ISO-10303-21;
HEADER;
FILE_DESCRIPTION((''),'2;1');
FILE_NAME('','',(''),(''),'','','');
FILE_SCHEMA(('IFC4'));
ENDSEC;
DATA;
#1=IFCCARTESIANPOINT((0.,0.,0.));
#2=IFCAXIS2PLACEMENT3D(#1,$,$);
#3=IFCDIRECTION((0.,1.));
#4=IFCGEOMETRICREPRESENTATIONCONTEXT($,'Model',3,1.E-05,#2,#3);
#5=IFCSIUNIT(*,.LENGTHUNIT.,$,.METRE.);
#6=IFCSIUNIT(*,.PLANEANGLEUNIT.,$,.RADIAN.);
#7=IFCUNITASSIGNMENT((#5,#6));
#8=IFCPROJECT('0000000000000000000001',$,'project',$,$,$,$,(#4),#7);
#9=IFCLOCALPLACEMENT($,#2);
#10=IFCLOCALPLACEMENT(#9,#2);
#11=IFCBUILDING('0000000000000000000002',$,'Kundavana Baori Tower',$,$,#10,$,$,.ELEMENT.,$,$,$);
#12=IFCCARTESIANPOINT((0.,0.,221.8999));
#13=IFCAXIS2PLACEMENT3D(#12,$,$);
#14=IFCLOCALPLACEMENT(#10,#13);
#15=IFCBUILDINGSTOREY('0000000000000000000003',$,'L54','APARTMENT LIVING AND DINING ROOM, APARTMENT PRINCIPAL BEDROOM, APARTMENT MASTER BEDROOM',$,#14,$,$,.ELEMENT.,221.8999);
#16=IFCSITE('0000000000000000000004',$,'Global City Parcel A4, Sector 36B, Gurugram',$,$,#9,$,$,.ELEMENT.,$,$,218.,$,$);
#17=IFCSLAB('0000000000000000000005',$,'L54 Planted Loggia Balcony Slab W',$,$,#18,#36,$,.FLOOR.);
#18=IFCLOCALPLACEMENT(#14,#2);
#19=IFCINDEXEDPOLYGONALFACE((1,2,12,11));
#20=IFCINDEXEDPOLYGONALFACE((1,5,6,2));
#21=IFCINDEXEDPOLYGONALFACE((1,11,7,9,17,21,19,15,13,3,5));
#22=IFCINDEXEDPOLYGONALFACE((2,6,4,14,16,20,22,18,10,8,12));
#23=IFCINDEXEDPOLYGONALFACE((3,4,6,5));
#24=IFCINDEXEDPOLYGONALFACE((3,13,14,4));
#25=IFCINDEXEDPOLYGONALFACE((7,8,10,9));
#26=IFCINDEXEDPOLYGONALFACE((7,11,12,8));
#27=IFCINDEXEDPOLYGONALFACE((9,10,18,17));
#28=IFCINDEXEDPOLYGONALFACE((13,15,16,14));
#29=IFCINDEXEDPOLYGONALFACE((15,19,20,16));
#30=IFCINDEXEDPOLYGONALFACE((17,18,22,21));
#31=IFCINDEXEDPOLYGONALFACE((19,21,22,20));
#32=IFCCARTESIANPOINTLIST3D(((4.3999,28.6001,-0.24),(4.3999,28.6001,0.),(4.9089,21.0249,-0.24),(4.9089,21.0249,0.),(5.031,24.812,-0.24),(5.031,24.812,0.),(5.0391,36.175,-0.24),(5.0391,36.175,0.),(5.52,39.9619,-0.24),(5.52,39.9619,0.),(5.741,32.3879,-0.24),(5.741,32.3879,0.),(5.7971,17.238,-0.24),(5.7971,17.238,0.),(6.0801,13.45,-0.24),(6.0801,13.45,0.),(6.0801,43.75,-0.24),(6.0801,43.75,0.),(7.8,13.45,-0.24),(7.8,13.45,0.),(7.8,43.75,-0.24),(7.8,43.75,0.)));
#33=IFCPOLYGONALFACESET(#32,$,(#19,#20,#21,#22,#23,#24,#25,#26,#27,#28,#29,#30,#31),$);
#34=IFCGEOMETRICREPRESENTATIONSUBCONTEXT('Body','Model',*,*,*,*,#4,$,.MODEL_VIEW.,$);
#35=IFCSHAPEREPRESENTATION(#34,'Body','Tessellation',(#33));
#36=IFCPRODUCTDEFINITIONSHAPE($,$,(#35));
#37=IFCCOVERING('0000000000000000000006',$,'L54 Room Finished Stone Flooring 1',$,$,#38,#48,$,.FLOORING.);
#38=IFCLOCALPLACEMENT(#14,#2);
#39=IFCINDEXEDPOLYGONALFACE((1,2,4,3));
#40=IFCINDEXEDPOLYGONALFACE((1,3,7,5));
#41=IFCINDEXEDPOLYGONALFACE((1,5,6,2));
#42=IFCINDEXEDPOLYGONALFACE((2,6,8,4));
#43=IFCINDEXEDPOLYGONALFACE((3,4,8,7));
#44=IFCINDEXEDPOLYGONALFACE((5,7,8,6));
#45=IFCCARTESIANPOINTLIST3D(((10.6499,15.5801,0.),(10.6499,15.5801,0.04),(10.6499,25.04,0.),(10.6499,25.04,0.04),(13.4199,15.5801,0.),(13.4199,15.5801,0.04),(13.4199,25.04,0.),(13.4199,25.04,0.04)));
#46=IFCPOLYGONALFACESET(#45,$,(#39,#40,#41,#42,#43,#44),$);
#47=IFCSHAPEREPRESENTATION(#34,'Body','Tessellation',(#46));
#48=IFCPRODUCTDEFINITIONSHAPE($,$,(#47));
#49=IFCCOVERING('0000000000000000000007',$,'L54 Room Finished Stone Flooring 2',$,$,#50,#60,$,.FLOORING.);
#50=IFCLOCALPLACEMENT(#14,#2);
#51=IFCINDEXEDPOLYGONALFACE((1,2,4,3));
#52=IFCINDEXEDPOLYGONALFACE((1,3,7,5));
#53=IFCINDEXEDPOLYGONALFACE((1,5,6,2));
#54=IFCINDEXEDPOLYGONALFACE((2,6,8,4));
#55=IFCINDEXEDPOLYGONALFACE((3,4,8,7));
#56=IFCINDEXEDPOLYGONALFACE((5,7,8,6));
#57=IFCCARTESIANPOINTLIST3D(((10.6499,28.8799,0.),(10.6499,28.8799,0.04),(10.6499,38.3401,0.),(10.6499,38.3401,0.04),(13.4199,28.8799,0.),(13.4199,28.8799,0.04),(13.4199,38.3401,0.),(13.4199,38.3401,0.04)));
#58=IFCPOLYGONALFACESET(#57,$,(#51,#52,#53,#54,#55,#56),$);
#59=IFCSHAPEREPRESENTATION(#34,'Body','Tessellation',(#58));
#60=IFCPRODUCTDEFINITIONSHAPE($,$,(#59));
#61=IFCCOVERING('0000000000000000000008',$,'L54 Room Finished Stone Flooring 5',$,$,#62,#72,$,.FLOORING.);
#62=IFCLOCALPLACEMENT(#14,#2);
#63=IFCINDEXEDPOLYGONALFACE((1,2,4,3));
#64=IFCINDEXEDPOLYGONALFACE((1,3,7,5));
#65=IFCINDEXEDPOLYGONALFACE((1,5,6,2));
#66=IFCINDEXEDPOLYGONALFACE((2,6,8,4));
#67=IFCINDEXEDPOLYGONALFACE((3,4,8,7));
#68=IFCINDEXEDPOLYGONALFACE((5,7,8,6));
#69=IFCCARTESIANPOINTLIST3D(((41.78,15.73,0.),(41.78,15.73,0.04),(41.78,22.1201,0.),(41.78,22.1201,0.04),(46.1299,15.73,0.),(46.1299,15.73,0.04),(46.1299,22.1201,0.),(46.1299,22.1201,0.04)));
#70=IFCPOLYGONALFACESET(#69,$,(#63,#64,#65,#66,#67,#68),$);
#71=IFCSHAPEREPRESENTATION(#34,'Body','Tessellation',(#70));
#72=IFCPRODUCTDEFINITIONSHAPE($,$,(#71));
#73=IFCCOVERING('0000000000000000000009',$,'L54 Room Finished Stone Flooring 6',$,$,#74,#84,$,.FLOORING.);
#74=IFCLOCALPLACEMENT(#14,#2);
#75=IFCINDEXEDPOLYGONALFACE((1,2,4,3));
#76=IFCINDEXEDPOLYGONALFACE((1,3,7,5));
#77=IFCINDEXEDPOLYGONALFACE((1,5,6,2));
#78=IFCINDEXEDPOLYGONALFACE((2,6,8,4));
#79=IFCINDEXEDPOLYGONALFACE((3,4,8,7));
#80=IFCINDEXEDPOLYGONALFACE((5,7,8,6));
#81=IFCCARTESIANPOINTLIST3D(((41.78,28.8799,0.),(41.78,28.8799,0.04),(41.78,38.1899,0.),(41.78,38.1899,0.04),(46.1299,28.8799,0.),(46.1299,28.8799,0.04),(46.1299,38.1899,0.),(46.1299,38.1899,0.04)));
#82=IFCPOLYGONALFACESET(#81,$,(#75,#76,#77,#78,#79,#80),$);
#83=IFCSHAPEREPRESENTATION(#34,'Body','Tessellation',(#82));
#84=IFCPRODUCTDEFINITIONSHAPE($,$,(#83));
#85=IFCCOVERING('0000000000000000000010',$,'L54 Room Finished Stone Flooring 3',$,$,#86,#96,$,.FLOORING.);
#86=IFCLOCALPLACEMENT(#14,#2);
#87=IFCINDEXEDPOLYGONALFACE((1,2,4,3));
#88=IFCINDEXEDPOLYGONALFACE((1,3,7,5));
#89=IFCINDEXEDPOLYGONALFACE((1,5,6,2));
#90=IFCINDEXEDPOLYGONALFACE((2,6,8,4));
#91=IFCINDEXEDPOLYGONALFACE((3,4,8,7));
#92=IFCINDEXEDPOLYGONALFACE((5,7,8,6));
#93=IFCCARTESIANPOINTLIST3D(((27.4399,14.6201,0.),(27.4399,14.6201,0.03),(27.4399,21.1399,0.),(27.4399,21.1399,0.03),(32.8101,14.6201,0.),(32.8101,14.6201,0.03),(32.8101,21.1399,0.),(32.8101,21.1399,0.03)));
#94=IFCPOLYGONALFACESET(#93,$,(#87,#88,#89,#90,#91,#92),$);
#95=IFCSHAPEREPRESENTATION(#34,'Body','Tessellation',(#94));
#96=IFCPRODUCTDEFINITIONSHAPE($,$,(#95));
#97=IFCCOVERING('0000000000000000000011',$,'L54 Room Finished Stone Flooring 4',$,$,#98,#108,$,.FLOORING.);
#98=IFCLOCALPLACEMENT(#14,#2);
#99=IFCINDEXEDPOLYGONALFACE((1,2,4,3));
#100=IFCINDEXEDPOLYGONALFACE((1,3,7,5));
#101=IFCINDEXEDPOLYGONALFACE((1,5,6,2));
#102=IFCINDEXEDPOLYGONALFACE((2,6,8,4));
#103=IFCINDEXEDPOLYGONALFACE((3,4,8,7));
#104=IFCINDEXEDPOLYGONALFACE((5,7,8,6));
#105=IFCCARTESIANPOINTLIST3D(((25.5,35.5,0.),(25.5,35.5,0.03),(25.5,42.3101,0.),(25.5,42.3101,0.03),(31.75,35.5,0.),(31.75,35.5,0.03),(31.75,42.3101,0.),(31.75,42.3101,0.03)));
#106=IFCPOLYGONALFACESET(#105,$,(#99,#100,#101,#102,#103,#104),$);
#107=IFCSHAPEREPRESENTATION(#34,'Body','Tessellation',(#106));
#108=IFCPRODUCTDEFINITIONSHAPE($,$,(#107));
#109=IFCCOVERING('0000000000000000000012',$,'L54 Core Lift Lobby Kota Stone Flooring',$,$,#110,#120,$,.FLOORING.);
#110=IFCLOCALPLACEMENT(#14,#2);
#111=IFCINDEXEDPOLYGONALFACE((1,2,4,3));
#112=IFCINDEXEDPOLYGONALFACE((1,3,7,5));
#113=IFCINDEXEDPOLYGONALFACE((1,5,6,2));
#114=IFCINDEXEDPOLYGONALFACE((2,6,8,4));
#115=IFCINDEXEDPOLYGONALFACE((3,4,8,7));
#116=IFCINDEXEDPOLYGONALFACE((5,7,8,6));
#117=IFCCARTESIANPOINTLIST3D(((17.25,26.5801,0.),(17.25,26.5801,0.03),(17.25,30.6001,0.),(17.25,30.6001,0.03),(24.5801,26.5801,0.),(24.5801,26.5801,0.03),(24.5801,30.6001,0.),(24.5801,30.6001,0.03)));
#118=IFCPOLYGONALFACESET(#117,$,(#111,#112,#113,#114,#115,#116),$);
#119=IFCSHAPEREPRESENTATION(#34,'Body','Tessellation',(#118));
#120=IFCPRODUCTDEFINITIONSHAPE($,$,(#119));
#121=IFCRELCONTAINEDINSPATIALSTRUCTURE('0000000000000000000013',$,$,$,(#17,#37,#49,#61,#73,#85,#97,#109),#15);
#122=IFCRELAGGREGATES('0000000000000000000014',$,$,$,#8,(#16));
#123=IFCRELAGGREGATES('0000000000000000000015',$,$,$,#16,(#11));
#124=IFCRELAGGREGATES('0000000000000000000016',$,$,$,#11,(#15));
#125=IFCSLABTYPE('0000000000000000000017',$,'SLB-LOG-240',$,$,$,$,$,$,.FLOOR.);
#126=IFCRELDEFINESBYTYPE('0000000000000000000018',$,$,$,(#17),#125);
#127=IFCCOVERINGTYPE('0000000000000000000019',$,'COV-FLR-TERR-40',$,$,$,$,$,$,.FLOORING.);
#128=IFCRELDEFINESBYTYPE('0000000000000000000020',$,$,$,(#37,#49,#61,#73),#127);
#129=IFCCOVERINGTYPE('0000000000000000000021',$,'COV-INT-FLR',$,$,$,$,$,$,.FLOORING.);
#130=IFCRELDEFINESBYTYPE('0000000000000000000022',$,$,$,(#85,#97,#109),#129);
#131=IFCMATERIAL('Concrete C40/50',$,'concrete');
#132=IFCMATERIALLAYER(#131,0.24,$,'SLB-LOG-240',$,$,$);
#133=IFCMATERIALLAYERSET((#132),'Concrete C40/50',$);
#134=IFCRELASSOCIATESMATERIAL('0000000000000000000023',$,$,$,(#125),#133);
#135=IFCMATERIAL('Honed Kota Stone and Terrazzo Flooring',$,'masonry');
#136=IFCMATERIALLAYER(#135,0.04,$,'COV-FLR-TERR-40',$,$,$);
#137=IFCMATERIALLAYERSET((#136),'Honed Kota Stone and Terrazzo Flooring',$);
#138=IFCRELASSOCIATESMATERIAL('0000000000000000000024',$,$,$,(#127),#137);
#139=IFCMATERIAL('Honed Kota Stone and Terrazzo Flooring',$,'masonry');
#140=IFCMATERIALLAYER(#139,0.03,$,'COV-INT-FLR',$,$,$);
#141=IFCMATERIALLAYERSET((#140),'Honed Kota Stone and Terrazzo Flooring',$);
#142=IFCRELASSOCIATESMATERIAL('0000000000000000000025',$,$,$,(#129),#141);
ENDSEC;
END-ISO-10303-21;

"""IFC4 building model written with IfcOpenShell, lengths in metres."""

from ifc_helpers import new_model, si_unit, direction, frame, origin, place, context, subcontext, project, spatial, polyline, outline, extrude, material, layer, layer_set, type_object, element, save


model = new_model("IFC4")

# Units and contexts
model_context = context("Model", 3, precision=1e-05, world=origin(), true_north=direction((0.0, 1.0)))
body_context = subcontext(model_context, "Body", "Model", "MODEL_VIEW")
ifc_project = project(units=[si_unit("LENGTHUNIT", "METRE"), si_unit("PLANEANGLEUNIT", "RADIAN")], contexts=[model_context])

# Site, building, storey
site_placement = place(None, origin())
site = spatial("IfcSite", under=ifc_project, at=site_placement, Name="Global City Parcel A4, Sector 36B, Gurugram", CompositionType="ELEMENT", RefElevation=218.0)
building_placement = place(site_placement, origin())
building = spatial("IfcBuilding", under=site, at=building_placement, Name="Kundavana Baori Tower", CompositionType="ELEMENT")
storey_placement = place(building_placement, frame((0.0, 0.0, 221.8999)))
storey = spatial("IfcBuildingStorey", under=building, at=storey_placement, Name="L54", Description="APARTMENT LIVING AND DINING ROOM, APARTMENT PRINCIPAL BEDROOM, APARTMENT MASTER BEDROOM", CompositionType="ELEMENT", Elevation=221.8999)

# Slab
ifc_material_1 = material(Name="Concrete C40/50", Category="concrete")
ifc_layer_1 = layer(ifc_material_1, 0.24, Name="SLB-LOG-240")
ifc_layer_set_1 = layer_set([ifc_layer_1], Name="Concrete C40/50")
slab_type_1 = type_object("IfcSlabType", Name="SLB-LOG-240", PredefinedType="FLOOR", material=ifc_layer_set_1)
slab_1_placement = place(storey_placement, frame((0.0, 0.0, -0.24)))
element("IfcSlab", 1, at=slab_1_placement, inside=storey, type_object=slab_type_1, Name="L54 Planted Loggia Balcony Slab W", PredefinedType="FLOOR", context=body_context, shape_type="SweptSolid", body=[
    extrude(outline(polyline([(7.8, 43.75), (7.8, 13.45), (6.0801, 13.45), (5.7971, 17.238), (4.9089, 21.0249), (5.031, 24.812), (4.3999, 28.6001), (5.741, 32.3879), (5.0391, 36.175), (5.52, 39.9619), (6.0801, 43.75), (7.8, 43.75)])), origin(), (0.0, 0.0, 1.0), 0.24),
])

# Coverings
ifc_material_2 = material(Name="Honed Kota Stone and Terrazzo Flooring", Category="masonry")
ifc_layer_2 = layer(ifc_material_2, 0.04, Name="COV-FLR-TERR-40")
ifc_layer_set_2 = layer_set([ifc_layer_2], Name="Honed Kota Stone and Terrazzo Flooring")
covering_type_1 = type_object("IfcCoveringType", Name="COV-FLR-TERR-40", PredefinedType="FLOORING", material=ifc_layer_set_2)
covering_1_placement = place(storey_placement, origin())
element("IfcCovering", 2, at=covering_1_placement, inside=storey, type_object=covering_type_1, Name="L54 Room Finished Stone Flooring 1", PredefinedType="FLOORING", context=body_context, shape_type="SweptSolid", body=[
    extrude(outline(polyline([(10.6499, 15.5801), (13.4199, 15.5801), (13.4199, 25.04), (10.6499, 25.04), (10.6499, 15.5801)])), origin(), (0.0, 0.0, 1.0), 0.04),
])
covering_2_placement = place(storey_placement, origin())
element("IfcCovering", 3, at=covering_2_placement, inside=storey, type_object=covering_type_1, Name="L54 Room Finished Stone Flooring 2", PredefinedType="FLOORING", context=body_context, shape_type="SweptSolid", body=[
    extrude(outline(polyline([(10.6499, 28.8799), (13.4199, 28.8799), (13.4199, 38.3401), (10.6499, 38.3401), (10.6499, 28.8799)])), origin(), (0.0, 0.0, 1.0), 0.04),
])
covering_3_placement = place(storey_placement, origin())
element("IfcCovering", 4, at=covering_3_placement, inside=storey, type_object=covering_type_1, Name="L54 Room Finished Stone Flooring 5", PredefinedType="FLOORING", context=body_context, shape_type="SweptSolid", body=[
    extrude(outline(polyline([(41.78, 15.73), (46.1299, 15.73), (46.1299, 22.1201), (41.78, 22.1201), (41.78, 15.73)])), origin(), (0.0, 0.0, 1.0), 0.04),
])
covering_4_placement = place(storey_placement, origin())
element("IfcCovering", 5, at=covering_4_placement, inside=storey, type_object=covering_type_1, Name="L54 Room Finished Stone Flooring 6", PredefinedType="FLOORING", context=body_context, shape_type="SweptSolid", body=[
    extrude(outline(polyline([(41.78, 28.8799), (46.1299, 28.8799), (46.1299, 38.1899), (41.78, 38.1899), (41.78, 28.8799)])), origin(), (0.0, 0.0, 1.0), 0.04),
])
ifc_material_3 = material(Name="Honed Kota Stone and Terrazzo Flooring", Category="masonry")
ifc_layer_3 = layer(ifc_material_3, 0.03, Name="COV-INT-FLR")
ifc_layer_set_3 = layer_set([ifc_layer_3], Name="Honed Kota Stone and Terrazzo Flooring")
covering_type_2 = type_object("IfcCoveringType", Name="COV-INT-FLR", PredefinedType="FLOORING", material=ifc_layer_set_3)
covering_5_placement = place(storey_placement, origin())
element("IfcCovering", 6, at=covering_5_placement, inside=storey, type_object=covering_type_2, Name="L54 Room Finished Stone Flooring 3", PredefinedType="FLOORING", context=body_context, shape_type="SweptSolid", body=[
    extrude(outline(polyline([(27.4399, 14.6201), (32.8101, 14.6201), (32.8101, 21.1399), (27.4399, 21.1399), (27.4399, 14.6201)])), origin(), (0.0, 0.0, 1.0), 0.03),
])
covering_6_placement = place(storey_placement, origin())
element("IfcCovering", 7, at=covering_6_placement, inside=storey, type_object=covering_type_2, Name="L54 Room Finished Stone Flooring 4", PredefinedType="FLOORING", context=body_context, shape_type="SweptSolid", body=[
    extrude(outline(polyline([(25.5, 35.5), (31.75, 35.5), (31.75, 42.3101), (25.5, 42.3101), (25.5, 35.5)])), origin(), (0.0, 0.0, 1.0), 0.03),
])
covering_7_placement = place(storey_placement, origin())
element("IfcCovering", 8, at=covering_7_placement, inside=storey, type_object=covering_type_2, Name="L54 Core Lift Lobby Kota Stone Flooring", PredefinedType="FLOORING", context=body_context, shape_type="SweptSolid", body=[
    extrude(outline(polyline([(17.25, 26.5801), (24.5801, 26.5801), (24.5801, 30.6001), (17.25, 30.6001), (17.25, 26.5801)])), origin(), (0.0, 0.0, 1.0), 0.03),
])

save(model, "model.ifc")
